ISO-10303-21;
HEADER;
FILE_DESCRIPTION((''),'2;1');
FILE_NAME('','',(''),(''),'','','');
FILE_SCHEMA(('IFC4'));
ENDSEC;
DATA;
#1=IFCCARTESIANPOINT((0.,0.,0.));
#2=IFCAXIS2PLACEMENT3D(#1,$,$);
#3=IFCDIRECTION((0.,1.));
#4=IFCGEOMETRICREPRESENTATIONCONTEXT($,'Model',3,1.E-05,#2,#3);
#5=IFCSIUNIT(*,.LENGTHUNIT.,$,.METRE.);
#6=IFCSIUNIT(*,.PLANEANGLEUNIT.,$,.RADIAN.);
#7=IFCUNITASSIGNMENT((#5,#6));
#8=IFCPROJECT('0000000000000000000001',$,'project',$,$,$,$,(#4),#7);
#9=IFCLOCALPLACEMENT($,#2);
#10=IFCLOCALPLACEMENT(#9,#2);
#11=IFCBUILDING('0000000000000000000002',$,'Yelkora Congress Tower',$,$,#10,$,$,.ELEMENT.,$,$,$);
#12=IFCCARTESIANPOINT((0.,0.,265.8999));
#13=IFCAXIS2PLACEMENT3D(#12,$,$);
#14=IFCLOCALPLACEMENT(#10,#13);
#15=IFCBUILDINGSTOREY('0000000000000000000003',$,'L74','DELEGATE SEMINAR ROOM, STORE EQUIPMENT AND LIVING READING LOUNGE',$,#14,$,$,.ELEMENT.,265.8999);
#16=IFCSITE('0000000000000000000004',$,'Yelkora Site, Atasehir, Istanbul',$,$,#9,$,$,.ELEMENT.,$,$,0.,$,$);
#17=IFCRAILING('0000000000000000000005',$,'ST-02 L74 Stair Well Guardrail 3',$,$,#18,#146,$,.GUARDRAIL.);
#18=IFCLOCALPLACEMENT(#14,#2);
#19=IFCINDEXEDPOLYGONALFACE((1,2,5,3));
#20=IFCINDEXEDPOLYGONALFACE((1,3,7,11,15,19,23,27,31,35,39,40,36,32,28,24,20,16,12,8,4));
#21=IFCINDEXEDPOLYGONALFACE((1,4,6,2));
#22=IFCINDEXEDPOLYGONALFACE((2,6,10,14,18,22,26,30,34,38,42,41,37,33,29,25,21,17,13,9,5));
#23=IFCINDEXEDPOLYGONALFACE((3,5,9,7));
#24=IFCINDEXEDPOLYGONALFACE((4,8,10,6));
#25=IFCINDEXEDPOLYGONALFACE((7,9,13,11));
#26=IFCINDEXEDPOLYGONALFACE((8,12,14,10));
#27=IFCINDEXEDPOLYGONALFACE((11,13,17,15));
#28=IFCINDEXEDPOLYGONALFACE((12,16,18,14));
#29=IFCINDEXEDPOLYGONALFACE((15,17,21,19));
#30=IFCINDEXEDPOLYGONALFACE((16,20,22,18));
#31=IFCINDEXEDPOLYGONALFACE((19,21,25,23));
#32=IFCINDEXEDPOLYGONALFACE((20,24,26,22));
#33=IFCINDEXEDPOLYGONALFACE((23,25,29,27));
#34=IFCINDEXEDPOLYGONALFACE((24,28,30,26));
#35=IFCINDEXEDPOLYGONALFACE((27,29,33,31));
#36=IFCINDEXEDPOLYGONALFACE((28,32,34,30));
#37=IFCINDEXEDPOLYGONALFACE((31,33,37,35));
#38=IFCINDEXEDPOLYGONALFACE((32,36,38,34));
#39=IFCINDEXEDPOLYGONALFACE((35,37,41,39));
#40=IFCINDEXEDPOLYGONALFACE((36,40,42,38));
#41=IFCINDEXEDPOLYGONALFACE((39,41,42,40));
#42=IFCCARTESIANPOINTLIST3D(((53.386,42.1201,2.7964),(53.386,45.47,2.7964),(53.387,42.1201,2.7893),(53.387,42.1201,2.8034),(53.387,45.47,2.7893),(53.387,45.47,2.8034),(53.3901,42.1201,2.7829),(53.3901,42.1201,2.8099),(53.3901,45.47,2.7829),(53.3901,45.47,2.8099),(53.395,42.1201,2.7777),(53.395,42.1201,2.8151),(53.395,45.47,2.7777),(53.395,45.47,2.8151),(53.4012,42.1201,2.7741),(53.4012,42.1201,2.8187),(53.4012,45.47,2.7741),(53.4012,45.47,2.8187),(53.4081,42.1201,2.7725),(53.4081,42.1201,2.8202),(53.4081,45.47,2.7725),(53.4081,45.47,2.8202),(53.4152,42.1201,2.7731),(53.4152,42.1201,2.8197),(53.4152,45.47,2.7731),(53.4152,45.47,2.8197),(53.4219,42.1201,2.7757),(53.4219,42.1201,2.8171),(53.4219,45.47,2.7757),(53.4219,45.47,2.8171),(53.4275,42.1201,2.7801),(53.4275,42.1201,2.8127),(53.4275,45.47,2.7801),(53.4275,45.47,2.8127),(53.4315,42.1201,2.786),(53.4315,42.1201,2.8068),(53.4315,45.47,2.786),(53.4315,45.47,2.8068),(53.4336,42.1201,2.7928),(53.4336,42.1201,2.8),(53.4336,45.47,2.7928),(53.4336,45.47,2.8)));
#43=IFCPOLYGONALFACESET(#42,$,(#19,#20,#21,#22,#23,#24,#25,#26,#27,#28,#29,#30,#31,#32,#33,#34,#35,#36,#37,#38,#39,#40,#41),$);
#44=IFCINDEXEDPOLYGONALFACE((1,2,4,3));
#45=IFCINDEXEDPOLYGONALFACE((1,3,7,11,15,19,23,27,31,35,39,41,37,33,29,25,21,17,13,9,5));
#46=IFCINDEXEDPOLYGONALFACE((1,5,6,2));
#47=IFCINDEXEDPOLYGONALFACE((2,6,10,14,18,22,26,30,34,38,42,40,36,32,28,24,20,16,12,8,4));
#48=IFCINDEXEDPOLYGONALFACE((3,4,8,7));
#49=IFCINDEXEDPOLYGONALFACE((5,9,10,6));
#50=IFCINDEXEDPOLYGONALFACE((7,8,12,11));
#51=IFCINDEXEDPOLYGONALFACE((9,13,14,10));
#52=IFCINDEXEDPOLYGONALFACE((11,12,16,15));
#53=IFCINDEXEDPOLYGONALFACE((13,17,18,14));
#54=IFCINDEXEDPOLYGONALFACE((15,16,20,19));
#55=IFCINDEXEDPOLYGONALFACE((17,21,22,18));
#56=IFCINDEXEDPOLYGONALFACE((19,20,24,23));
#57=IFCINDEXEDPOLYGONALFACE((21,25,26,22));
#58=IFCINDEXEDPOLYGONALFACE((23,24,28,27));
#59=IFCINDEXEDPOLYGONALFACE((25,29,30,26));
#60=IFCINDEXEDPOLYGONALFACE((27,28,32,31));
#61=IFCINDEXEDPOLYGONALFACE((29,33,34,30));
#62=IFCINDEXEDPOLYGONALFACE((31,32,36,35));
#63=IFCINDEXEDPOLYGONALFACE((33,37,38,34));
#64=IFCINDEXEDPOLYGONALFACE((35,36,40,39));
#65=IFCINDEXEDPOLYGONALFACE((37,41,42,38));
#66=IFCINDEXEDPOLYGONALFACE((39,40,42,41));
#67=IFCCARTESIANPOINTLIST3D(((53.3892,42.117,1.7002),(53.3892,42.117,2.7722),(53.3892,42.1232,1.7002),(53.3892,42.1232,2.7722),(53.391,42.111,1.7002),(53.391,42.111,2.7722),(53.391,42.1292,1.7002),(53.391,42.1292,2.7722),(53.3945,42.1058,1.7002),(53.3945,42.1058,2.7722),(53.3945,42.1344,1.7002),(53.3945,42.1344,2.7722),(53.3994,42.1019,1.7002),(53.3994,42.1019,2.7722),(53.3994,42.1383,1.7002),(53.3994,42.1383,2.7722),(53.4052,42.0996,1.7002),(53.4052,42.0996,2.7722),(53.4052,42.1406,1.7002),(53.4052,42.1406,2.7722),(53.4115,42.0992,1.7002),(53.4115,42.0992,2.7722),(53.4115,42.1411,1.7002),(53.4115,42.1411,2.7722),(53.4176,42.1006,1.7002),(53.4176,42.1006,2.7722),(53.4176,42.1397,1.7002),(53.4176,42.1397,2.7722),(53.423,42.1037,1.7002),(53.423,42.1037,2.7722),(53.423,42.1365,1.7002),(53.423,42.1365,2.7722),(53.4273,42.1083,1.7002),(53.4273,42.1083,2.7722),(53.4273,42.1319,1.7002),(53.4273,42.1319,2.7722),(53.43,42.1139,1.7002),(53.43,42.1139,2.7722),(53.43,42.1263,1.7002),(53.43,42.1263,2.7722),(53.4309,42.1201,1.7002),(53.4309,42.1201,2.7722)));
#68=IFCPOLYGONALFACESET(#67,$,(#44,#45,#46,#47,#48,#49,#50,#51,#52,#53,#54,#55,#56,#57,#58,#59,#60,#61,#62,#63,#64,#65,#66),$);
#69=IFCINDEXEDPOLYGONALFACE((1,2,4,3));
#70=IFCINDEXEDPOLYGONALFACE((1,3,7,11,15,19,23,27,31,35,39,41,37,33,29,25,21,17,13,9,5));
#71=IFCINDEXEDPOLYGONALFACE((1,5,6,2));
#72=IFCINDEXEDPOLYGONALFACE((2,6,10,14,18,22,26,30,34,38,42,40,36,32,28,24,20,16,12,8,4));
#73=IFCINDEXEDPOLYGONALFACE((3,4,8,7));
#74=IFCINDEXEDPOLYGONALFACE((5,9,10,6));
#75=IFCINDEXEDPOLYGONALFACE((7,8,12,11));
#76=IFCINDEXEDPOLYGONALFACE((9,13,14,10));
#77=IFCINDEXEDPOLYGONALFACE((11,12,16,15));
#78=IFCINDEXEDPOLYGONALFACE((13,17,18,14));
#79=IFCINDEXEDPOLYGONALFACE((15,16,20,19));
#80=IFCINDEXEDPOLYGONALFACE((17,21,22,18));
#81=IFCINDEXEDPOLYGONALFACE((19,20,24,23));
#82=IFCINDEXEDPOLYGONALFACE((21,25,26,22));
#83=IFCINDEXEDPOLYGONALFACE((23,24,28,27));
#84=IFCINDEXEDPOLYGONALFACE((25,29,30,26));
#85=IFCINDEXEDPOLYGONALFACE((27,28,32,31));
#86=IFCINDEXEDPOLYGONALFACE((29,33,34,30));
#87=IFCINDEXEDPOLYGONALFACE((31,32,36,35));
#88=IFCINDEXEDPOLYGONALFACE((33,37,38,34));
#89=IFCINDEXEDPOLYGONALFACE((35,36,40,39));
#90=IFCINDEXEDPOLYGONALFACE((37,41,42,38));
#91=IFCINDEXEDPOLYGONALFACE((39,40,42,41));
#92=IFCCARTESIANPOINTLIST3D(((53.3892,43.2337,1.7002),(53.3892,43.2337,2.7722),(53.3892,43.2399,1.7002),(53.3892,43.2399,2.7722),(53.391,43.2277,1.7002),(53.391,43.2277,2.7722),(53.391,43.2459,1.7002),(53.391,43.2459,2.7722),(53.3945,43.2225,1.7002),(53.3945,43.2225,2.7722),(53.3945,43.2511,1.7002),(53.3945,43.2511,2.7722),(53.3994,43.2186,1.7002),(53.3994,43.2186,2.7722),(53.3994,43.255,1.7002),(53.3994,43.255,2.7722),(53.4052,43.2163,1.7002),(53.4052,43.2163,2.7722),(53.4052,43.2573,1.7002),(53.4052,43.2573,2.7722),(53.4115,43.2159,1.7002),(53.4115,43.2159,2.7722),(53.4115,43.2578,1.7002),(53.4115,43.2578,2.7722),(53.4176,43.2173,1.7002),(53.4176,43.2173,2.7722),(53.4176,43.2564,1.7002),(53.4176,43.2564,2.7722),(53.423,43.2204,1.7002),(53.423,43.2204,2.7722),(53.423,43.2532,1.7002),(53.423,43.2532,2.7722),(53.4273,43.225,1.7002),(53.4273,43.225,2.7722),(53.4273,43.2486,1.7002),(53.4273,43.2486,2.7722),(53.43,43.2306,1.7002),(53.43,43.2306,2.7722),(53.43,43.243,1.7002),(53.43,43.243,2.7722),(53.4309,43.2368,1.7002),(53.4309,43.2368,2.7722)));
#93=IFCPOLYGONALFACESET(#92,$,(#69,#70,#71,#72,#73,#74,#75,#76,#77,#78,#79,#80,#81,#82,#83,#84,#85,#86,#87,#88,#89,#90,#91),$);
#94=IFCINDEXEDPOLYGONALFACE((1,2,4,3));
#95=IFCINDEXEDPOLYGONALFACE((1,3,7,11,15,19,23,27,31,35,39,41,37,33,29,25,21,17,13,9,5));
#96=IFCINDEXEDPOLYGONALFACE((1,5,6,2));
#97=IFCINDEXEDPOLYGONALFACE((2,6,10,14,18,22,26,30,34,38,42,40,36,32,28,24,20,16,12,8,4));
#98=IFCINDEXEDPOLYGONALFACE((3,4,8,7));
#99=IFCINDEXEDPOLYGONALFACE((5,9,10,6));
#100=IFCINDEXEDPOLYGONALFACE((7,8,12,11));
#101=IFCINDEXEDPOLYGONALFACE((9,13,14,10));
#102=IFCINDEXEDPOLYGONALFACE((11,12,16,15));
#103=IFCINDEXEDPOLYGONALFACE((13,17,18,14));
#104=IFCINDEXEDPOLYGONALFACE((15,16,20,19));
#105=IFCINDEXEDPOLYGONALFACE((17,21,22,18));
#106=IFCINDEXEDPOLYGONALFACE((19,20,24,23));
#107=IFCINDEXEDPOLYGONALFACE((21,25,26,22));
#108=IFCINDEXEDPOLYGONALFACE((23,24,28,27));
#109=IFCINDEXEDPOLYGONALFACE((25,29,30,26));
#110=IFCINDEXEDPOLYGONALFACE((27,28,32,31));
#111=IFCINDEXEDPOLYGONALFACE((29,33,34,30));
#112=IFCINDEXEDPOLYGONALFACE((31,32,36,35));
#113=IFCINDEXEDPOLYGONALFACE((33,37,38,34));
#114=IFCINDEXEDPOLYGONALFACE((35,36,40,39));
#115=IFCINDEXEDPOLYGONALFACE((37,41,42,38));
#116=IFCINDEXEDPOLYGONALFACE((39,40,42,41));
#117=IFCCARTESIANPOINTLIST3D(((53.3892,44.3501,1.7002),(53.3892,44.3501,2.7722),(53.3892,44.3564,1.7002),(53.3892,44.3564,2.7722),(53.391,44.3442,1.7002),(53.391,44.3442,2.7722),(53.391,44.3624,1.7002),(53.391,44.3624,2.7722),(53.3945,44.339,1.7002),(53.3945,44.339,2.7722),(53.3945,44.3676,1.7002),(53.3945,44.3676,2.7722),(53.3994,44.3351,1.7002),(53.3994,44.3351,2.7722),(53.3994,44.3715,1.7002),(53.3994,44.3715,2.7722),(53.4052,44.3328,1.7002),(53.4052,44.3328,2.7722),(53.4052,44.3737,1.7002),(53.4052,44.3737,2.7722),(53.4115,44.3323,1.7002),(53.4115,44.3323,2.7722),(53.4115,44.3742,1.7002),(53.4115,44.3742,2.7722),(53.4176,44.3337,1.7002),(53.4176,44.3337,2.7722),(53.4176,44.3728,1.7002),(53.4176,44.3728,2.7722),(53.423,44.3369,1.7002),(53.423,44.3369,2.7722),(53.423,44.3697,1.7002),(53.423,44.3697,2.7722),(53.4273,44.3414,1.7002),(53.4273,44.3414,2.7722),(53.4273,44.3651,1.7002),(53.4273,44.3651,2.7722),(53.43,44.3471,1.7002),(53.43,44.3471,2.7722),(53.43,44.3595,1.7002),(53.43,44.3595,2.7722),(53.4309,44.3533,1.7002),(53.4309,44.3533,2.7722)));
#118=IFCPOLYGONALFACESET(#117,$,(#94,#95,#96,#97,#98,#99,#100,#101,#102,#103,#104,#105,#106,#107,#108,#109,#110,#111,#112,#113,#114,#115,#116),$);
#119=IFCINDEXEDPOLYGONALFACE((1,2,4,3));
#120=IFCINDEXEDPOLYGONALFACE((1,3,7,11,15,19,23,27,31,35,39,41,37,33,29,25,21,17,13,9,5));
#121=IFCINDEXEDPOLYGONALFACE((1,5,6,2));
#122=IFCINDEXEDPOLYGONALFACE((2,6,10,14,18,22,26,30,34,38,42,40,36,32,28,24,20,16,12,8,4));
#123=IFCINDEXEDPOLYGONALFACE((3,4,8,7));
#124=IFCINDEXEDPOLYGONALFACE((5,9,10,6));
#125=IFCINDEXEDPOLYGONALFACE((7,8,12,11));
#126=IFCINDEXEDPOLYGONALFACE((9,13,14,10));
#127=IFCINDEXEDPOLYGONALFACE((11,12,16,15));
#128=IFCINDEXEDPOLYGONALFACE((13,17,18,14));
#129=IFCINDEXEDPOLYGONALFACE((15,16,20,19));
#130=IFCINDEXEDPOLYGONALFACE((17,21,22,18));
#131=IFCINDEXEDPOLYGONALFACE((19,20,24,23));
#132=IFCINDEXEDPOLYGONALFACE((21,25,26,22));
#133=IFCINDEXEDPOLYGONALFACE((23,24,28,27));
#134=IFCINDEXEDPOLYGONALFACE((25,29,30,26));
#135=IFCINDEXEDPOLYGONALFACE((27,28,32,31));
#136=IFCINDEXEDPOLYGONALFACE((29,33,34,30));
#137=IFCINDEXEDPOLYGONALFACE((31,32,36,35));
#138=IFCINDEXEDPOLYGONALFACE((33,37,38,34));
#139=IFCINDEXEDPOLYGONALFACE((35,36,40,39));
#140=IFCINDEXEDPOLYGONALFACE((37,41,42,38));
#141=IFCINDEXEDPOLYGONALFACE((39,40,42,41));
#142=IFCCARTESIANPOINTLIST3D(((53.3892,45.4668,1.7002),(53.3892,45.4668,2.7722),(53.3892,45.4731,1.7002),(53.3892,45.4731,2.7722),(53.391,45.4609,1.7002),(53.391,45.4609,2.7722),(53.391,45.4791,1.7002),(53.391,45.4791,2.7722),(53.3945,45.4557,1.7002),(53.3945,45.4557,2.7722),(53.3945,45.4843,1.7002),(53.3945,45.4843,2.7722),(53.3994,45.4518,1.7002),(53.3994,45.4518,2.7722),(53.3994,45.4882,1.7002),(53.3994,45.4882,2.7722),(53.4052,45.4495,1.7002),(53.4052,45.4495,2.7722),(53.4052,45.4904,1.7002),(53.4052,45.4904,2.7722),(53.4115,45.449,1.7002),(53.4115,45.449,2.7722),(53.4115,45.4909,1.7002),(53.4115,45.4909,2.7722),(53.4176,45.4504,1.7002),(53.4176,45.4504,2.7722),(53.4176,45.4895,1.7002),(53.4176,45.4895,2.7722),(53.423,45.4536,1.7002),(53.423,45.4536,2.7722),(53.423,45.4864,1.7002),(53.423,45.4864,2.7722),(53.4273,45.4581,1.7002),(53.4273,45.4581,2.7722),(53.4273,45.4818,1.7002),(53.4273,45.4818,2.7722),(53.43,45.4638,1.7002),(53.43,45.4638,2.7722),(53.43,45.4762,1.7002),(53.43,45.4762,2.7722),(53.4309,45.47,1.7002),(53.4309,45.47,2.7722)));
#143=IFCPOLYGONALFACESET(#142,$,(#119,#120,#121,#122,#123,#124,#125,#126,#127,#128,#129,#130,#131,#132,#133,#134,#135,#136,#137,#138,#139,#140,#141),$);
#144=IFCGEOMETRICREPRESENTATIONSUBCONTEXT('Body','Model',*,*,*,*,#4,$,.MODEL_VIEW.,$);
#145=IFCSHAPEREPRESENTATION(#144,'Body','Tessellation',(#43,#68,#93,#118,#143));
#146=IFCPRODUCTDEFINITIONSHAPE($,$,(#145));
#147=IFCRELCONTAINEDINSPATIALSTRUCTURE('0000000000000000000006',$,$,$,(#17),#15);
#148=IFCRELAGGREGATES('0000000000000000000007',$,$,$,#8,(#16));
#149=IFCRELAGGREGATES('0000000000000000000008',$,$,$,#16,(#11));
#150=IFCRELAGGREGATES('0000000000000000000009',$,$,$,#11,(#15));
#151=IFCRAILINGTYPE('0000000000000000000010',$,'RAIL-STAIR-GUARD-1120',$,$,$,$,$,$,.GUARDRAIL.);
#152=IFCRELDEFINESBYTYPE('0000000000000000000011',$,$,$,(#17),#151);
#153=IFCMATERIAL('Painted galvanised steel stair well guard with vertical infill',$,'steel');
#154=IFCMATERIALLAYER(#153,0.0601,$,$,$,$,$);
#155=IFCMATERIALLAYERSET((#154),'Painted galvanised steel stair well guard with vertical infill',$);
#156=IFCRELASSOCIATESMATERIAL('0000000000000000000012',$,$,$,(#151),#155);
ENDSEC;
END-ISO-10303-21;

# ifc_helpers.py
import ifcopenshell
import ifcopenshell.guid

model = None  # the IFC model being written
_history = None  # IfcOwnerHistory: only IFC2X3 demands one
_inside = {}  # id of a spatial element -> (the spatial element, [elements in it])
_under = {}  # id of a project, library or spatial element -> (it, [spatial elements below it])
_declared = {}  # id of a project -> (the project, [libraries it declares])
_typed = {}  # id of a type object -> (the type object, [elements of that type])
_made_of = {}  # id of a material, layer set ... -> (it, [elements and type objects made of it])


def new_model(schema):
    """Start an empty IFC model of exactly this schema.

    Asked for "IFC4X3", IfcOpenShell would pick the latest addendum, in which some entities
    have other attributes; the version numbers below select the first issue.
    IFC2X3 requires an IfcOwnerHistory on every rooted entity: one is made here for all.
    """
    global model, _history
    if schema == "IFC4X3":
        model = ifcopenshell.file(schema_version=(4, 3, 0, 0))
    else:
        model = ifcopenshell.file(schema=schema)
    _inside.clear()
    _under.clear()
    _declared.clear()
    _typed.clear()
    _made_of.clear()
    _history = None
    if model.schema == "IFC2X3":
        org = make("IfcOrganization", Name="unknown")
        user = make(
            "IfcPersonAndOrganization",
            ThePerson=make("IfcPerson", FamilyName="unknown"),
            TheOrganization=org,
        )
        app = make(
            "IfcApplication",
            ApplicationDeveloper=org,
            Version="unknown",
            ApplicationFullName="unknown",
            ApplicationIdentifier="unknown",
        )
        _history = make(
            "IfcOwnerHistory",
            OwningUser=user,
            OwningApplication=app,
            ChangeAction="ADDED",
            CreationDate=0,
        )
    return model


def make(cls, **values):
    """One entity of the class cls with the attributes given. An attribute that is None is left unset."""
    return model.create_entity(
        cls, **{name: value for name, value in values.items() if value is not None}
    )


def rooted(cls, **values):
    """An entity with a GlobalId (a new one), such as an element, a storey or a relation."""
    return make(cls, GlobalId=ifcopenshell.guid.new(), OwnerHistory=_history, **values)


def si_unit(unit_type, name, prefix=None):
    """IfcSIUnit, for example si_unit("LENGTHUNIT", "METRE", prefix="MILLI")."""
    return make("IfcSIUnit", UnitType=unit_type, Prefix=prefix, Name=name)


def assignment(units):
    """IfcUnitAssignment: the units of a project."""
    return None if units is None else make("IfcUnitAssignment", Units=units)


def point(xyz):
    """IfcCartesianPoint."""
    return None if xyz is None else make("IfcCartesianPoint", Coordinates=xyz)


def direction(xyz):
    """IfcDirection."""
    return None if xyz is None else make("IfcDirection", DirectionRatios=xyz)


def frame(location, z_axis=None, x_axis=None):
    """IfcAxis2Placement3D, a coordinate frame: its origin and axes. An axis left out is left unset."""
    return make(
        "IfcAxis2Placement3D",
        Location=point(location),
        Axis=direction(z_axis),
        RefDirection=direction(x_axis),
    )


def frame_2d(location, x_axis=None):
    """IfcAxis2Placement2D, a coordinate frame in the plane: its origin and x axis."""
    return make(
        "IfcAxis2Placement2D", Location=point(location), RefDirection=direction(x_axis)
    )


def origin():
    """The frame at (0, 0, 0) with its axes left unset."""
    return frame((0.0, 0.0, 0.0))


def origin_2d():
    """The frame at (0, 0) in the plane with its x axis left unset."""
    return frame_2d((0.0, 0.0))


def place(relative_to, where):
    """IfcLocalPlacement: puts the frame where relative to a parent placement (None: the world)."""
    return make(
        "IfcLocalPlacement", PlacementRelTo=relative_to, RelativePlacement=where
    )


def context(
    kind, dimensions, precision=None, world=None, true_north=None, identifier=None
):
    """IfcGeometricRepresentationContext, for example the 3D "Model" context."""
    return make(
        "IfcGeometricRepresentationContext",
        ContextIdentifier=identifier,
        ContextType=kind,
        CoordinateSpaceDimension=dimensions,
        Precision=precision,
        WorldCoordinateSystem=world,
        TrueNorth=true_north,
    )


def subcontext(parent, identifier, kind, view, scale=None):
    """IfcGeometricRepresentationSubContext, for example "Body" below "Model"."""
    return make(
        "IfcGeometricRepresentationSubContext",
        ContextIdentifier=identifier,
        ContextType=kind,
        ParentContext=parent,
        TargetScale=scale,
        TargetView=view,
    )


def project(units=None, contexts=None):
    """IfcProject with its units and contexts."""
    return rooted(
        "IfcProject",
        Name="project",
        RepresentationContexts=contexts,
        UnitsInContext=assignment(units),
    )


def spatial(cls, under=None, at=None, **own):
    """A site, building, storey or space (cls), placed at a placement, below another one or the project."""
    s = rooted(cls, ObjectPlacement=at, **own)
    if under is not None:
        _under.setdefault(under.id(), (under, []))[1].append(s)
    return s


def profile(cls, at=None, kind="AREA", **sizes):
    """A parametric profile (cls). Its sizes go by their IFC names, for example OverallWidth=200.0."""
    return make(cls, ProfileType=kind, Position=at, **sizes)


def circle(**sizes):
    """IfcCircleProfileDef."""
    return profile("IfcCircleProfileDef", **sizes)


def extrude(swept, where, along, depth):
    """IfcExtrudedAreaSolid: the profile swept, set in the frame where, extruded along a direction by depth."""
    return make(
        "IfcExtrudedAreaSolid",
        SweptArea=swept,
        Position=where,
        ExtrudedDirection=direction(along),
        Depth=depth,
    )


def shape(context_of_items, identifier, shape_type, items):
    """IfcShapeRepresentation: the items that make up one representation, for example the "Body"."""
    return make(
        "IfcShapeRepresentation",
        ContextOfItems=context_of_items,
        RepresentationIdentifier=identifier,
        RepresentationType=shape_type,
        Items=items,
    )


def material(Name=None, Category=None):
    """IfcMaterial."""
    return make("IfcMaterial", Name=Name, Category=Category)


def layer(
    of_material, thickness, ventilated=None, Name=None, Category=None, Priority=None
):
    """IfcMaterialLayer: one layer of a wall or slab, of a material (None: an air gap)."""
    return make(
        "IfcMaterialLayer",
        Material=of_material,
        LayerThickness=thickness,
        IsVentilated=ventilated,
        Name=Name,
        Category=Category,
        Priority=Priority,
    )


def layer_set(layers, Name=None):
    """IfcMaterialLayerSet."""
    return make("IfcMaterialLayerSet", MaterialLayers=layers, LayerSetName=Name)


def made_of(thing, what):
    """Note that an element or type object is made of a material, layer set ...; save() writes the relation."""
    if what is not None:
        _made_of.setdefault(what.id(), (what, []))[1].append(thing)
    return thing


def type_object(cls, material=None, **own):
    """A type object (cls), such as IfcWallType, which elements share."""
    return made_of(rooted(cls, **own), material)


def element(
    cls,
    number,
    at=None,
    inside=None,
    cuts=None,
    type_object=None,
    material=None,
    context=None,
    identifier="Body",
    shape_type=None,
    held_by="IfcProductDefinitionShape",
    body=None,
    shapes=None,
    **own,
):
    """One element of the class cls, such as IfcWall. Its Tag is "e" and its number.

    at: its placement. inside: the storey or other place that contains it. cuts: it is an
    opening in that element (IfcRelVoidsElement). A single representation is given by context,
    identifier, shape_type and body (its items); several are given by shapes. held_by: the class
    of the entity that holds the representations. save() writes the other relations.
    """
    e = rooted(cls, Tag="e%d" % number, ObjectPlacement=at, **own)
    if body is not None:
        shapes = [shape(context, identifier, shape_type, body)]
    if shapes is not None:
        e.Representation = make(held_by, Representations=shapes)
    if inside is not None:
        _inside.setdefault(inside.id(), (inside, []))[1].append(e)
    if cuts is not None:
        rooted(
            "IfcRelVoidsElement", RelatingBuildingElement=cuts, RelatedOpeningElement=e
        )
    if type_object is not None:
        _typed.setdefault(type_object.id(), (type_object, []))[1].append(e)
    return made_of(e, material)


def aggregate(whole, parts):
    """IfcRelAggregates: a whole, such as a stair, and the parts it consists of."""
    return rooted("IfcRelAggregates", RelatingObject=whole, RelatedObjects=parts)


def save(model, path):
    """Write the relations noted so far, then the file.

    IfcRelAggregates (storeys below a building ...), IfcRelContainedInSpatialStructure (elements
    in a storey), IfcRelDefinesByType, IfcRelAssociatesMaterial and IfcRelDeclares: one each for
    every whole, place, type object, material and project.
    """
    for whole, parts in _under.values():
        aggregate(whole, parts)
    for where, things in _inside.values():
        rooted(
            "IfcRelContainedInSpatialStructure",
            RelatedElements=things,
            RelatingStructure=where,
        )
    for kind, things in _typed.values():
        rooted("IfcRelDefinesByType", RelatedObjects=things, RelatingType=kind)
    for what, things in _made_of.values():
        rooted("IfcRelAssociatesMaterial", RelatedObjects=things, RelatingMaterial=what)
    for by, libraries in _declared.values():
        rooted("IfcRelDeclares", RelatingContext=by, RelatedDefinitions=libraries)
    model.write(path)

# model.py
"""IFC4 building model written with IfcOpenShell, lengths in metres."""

from ifc_helpers import new_model, si_unit, direction, frame, origin, origin_2d, place, context, subcontext, project, spatial, circle, extrude, material, layer, layer_set, type_object, element, save


model = new_model("IFC4")

# Units and contexts
model_context = context("Model", 3, precision=1e-05, world=origin(), true_north=direction((0.0, 1.0)))
body_context = subcontext(model_context, "Body", "Model", "MODEL_VIEW")
ifc_project = project(units=[si_unit("LENGTHUNIT", "METRE"), si_unit("PLANEANGLEUNIT", "RADIAN")], contexts=[model_context])

# Site, building, storey
site_placement = place(None, origin())
site = spatial("IfcSite", under=ifc_project, at=site_placement, Name="Yelkora Site, Atasehir, Istanbul", CompositionType="ELEMENT", RefElevation=0.0)
building_placement = place(site_placement, origin())
building = spatial("IfcBuilding", under=site, at=building_placement, Name="Yelkora Congress Tower", CompositionType="ELEMENT")
storey_placement = place(building_placement, frame((0.0, 0.0, 265.8999)))
storey = spatial("IfcBuildingStorey", under=building, at=storey_placement, Name="L74", Description="DELEGATE SEMINAR ROOM, STORE EQUIPMENT AND LIVING READING LOUNGE", CompositionType="ELEMENT", Elevation=265.8999)

# Railing
ifc_material_1 = material(Name="Painted galvanised steel stair well guard with vertical infill", Category="steel")
ifc_layer_1 = layer(ifc_material_1, 0.0601)
ifc_layer_set_1 = layer_set([ifc_layer_1], Name="Painted galvanised steel stair well guard with vertical infill")
railing_type = type_object("IfcRailingType", Name="RAIL-STAIR-GUARD-1120", PredefinedType="GUARDRAIL", material=ifc_layer_set_1)
railing_1_placement = place(storey_placement, frame((53.4099, 42.1201, 1.7002)))
element("IfcRailing", 1, at=railing_1_placement, inside=storey, type_object=railing_type, Name="ST-02 L74 Stair Well Guardrail 3", PredefinedType="GUARDRAIL", context=body_context, shape_type="SweptSolid", body=[
    extrude(circle(Radius=0.0239, at=origin_2d()), frame((0.0, 0.0, 1.0962), z_axis=(0.0, 1.0, 0.0), x_axis=(-1.0, 0.0, 0.0)), (0.0, 0.0, 1.0), 3.3499),
    extrude(circle(Radius=0.021, at=origin_2d()), origin(), (0.0, 0.0, 1.0), 1.072),
    extrude(circle(Radius=0.021, at=origin_2d()), frame((0.0, 1.1167, 0.0)), (0.0, 0.0, 1.0), 1.072),
    extrude(circle(Radius=0.021, at=origin_2d()), frame((0.0, 2.2332, 0.0)), (0.0, 0.0, 1.0), 1.072),
    extrude(circle(Radius=0.021, at=origin_2d()), frame((0.0, 3.3499, 0.0)), (0.0, 0.0, 1.0), 1.072),
])

save(model, "model.ifc")
